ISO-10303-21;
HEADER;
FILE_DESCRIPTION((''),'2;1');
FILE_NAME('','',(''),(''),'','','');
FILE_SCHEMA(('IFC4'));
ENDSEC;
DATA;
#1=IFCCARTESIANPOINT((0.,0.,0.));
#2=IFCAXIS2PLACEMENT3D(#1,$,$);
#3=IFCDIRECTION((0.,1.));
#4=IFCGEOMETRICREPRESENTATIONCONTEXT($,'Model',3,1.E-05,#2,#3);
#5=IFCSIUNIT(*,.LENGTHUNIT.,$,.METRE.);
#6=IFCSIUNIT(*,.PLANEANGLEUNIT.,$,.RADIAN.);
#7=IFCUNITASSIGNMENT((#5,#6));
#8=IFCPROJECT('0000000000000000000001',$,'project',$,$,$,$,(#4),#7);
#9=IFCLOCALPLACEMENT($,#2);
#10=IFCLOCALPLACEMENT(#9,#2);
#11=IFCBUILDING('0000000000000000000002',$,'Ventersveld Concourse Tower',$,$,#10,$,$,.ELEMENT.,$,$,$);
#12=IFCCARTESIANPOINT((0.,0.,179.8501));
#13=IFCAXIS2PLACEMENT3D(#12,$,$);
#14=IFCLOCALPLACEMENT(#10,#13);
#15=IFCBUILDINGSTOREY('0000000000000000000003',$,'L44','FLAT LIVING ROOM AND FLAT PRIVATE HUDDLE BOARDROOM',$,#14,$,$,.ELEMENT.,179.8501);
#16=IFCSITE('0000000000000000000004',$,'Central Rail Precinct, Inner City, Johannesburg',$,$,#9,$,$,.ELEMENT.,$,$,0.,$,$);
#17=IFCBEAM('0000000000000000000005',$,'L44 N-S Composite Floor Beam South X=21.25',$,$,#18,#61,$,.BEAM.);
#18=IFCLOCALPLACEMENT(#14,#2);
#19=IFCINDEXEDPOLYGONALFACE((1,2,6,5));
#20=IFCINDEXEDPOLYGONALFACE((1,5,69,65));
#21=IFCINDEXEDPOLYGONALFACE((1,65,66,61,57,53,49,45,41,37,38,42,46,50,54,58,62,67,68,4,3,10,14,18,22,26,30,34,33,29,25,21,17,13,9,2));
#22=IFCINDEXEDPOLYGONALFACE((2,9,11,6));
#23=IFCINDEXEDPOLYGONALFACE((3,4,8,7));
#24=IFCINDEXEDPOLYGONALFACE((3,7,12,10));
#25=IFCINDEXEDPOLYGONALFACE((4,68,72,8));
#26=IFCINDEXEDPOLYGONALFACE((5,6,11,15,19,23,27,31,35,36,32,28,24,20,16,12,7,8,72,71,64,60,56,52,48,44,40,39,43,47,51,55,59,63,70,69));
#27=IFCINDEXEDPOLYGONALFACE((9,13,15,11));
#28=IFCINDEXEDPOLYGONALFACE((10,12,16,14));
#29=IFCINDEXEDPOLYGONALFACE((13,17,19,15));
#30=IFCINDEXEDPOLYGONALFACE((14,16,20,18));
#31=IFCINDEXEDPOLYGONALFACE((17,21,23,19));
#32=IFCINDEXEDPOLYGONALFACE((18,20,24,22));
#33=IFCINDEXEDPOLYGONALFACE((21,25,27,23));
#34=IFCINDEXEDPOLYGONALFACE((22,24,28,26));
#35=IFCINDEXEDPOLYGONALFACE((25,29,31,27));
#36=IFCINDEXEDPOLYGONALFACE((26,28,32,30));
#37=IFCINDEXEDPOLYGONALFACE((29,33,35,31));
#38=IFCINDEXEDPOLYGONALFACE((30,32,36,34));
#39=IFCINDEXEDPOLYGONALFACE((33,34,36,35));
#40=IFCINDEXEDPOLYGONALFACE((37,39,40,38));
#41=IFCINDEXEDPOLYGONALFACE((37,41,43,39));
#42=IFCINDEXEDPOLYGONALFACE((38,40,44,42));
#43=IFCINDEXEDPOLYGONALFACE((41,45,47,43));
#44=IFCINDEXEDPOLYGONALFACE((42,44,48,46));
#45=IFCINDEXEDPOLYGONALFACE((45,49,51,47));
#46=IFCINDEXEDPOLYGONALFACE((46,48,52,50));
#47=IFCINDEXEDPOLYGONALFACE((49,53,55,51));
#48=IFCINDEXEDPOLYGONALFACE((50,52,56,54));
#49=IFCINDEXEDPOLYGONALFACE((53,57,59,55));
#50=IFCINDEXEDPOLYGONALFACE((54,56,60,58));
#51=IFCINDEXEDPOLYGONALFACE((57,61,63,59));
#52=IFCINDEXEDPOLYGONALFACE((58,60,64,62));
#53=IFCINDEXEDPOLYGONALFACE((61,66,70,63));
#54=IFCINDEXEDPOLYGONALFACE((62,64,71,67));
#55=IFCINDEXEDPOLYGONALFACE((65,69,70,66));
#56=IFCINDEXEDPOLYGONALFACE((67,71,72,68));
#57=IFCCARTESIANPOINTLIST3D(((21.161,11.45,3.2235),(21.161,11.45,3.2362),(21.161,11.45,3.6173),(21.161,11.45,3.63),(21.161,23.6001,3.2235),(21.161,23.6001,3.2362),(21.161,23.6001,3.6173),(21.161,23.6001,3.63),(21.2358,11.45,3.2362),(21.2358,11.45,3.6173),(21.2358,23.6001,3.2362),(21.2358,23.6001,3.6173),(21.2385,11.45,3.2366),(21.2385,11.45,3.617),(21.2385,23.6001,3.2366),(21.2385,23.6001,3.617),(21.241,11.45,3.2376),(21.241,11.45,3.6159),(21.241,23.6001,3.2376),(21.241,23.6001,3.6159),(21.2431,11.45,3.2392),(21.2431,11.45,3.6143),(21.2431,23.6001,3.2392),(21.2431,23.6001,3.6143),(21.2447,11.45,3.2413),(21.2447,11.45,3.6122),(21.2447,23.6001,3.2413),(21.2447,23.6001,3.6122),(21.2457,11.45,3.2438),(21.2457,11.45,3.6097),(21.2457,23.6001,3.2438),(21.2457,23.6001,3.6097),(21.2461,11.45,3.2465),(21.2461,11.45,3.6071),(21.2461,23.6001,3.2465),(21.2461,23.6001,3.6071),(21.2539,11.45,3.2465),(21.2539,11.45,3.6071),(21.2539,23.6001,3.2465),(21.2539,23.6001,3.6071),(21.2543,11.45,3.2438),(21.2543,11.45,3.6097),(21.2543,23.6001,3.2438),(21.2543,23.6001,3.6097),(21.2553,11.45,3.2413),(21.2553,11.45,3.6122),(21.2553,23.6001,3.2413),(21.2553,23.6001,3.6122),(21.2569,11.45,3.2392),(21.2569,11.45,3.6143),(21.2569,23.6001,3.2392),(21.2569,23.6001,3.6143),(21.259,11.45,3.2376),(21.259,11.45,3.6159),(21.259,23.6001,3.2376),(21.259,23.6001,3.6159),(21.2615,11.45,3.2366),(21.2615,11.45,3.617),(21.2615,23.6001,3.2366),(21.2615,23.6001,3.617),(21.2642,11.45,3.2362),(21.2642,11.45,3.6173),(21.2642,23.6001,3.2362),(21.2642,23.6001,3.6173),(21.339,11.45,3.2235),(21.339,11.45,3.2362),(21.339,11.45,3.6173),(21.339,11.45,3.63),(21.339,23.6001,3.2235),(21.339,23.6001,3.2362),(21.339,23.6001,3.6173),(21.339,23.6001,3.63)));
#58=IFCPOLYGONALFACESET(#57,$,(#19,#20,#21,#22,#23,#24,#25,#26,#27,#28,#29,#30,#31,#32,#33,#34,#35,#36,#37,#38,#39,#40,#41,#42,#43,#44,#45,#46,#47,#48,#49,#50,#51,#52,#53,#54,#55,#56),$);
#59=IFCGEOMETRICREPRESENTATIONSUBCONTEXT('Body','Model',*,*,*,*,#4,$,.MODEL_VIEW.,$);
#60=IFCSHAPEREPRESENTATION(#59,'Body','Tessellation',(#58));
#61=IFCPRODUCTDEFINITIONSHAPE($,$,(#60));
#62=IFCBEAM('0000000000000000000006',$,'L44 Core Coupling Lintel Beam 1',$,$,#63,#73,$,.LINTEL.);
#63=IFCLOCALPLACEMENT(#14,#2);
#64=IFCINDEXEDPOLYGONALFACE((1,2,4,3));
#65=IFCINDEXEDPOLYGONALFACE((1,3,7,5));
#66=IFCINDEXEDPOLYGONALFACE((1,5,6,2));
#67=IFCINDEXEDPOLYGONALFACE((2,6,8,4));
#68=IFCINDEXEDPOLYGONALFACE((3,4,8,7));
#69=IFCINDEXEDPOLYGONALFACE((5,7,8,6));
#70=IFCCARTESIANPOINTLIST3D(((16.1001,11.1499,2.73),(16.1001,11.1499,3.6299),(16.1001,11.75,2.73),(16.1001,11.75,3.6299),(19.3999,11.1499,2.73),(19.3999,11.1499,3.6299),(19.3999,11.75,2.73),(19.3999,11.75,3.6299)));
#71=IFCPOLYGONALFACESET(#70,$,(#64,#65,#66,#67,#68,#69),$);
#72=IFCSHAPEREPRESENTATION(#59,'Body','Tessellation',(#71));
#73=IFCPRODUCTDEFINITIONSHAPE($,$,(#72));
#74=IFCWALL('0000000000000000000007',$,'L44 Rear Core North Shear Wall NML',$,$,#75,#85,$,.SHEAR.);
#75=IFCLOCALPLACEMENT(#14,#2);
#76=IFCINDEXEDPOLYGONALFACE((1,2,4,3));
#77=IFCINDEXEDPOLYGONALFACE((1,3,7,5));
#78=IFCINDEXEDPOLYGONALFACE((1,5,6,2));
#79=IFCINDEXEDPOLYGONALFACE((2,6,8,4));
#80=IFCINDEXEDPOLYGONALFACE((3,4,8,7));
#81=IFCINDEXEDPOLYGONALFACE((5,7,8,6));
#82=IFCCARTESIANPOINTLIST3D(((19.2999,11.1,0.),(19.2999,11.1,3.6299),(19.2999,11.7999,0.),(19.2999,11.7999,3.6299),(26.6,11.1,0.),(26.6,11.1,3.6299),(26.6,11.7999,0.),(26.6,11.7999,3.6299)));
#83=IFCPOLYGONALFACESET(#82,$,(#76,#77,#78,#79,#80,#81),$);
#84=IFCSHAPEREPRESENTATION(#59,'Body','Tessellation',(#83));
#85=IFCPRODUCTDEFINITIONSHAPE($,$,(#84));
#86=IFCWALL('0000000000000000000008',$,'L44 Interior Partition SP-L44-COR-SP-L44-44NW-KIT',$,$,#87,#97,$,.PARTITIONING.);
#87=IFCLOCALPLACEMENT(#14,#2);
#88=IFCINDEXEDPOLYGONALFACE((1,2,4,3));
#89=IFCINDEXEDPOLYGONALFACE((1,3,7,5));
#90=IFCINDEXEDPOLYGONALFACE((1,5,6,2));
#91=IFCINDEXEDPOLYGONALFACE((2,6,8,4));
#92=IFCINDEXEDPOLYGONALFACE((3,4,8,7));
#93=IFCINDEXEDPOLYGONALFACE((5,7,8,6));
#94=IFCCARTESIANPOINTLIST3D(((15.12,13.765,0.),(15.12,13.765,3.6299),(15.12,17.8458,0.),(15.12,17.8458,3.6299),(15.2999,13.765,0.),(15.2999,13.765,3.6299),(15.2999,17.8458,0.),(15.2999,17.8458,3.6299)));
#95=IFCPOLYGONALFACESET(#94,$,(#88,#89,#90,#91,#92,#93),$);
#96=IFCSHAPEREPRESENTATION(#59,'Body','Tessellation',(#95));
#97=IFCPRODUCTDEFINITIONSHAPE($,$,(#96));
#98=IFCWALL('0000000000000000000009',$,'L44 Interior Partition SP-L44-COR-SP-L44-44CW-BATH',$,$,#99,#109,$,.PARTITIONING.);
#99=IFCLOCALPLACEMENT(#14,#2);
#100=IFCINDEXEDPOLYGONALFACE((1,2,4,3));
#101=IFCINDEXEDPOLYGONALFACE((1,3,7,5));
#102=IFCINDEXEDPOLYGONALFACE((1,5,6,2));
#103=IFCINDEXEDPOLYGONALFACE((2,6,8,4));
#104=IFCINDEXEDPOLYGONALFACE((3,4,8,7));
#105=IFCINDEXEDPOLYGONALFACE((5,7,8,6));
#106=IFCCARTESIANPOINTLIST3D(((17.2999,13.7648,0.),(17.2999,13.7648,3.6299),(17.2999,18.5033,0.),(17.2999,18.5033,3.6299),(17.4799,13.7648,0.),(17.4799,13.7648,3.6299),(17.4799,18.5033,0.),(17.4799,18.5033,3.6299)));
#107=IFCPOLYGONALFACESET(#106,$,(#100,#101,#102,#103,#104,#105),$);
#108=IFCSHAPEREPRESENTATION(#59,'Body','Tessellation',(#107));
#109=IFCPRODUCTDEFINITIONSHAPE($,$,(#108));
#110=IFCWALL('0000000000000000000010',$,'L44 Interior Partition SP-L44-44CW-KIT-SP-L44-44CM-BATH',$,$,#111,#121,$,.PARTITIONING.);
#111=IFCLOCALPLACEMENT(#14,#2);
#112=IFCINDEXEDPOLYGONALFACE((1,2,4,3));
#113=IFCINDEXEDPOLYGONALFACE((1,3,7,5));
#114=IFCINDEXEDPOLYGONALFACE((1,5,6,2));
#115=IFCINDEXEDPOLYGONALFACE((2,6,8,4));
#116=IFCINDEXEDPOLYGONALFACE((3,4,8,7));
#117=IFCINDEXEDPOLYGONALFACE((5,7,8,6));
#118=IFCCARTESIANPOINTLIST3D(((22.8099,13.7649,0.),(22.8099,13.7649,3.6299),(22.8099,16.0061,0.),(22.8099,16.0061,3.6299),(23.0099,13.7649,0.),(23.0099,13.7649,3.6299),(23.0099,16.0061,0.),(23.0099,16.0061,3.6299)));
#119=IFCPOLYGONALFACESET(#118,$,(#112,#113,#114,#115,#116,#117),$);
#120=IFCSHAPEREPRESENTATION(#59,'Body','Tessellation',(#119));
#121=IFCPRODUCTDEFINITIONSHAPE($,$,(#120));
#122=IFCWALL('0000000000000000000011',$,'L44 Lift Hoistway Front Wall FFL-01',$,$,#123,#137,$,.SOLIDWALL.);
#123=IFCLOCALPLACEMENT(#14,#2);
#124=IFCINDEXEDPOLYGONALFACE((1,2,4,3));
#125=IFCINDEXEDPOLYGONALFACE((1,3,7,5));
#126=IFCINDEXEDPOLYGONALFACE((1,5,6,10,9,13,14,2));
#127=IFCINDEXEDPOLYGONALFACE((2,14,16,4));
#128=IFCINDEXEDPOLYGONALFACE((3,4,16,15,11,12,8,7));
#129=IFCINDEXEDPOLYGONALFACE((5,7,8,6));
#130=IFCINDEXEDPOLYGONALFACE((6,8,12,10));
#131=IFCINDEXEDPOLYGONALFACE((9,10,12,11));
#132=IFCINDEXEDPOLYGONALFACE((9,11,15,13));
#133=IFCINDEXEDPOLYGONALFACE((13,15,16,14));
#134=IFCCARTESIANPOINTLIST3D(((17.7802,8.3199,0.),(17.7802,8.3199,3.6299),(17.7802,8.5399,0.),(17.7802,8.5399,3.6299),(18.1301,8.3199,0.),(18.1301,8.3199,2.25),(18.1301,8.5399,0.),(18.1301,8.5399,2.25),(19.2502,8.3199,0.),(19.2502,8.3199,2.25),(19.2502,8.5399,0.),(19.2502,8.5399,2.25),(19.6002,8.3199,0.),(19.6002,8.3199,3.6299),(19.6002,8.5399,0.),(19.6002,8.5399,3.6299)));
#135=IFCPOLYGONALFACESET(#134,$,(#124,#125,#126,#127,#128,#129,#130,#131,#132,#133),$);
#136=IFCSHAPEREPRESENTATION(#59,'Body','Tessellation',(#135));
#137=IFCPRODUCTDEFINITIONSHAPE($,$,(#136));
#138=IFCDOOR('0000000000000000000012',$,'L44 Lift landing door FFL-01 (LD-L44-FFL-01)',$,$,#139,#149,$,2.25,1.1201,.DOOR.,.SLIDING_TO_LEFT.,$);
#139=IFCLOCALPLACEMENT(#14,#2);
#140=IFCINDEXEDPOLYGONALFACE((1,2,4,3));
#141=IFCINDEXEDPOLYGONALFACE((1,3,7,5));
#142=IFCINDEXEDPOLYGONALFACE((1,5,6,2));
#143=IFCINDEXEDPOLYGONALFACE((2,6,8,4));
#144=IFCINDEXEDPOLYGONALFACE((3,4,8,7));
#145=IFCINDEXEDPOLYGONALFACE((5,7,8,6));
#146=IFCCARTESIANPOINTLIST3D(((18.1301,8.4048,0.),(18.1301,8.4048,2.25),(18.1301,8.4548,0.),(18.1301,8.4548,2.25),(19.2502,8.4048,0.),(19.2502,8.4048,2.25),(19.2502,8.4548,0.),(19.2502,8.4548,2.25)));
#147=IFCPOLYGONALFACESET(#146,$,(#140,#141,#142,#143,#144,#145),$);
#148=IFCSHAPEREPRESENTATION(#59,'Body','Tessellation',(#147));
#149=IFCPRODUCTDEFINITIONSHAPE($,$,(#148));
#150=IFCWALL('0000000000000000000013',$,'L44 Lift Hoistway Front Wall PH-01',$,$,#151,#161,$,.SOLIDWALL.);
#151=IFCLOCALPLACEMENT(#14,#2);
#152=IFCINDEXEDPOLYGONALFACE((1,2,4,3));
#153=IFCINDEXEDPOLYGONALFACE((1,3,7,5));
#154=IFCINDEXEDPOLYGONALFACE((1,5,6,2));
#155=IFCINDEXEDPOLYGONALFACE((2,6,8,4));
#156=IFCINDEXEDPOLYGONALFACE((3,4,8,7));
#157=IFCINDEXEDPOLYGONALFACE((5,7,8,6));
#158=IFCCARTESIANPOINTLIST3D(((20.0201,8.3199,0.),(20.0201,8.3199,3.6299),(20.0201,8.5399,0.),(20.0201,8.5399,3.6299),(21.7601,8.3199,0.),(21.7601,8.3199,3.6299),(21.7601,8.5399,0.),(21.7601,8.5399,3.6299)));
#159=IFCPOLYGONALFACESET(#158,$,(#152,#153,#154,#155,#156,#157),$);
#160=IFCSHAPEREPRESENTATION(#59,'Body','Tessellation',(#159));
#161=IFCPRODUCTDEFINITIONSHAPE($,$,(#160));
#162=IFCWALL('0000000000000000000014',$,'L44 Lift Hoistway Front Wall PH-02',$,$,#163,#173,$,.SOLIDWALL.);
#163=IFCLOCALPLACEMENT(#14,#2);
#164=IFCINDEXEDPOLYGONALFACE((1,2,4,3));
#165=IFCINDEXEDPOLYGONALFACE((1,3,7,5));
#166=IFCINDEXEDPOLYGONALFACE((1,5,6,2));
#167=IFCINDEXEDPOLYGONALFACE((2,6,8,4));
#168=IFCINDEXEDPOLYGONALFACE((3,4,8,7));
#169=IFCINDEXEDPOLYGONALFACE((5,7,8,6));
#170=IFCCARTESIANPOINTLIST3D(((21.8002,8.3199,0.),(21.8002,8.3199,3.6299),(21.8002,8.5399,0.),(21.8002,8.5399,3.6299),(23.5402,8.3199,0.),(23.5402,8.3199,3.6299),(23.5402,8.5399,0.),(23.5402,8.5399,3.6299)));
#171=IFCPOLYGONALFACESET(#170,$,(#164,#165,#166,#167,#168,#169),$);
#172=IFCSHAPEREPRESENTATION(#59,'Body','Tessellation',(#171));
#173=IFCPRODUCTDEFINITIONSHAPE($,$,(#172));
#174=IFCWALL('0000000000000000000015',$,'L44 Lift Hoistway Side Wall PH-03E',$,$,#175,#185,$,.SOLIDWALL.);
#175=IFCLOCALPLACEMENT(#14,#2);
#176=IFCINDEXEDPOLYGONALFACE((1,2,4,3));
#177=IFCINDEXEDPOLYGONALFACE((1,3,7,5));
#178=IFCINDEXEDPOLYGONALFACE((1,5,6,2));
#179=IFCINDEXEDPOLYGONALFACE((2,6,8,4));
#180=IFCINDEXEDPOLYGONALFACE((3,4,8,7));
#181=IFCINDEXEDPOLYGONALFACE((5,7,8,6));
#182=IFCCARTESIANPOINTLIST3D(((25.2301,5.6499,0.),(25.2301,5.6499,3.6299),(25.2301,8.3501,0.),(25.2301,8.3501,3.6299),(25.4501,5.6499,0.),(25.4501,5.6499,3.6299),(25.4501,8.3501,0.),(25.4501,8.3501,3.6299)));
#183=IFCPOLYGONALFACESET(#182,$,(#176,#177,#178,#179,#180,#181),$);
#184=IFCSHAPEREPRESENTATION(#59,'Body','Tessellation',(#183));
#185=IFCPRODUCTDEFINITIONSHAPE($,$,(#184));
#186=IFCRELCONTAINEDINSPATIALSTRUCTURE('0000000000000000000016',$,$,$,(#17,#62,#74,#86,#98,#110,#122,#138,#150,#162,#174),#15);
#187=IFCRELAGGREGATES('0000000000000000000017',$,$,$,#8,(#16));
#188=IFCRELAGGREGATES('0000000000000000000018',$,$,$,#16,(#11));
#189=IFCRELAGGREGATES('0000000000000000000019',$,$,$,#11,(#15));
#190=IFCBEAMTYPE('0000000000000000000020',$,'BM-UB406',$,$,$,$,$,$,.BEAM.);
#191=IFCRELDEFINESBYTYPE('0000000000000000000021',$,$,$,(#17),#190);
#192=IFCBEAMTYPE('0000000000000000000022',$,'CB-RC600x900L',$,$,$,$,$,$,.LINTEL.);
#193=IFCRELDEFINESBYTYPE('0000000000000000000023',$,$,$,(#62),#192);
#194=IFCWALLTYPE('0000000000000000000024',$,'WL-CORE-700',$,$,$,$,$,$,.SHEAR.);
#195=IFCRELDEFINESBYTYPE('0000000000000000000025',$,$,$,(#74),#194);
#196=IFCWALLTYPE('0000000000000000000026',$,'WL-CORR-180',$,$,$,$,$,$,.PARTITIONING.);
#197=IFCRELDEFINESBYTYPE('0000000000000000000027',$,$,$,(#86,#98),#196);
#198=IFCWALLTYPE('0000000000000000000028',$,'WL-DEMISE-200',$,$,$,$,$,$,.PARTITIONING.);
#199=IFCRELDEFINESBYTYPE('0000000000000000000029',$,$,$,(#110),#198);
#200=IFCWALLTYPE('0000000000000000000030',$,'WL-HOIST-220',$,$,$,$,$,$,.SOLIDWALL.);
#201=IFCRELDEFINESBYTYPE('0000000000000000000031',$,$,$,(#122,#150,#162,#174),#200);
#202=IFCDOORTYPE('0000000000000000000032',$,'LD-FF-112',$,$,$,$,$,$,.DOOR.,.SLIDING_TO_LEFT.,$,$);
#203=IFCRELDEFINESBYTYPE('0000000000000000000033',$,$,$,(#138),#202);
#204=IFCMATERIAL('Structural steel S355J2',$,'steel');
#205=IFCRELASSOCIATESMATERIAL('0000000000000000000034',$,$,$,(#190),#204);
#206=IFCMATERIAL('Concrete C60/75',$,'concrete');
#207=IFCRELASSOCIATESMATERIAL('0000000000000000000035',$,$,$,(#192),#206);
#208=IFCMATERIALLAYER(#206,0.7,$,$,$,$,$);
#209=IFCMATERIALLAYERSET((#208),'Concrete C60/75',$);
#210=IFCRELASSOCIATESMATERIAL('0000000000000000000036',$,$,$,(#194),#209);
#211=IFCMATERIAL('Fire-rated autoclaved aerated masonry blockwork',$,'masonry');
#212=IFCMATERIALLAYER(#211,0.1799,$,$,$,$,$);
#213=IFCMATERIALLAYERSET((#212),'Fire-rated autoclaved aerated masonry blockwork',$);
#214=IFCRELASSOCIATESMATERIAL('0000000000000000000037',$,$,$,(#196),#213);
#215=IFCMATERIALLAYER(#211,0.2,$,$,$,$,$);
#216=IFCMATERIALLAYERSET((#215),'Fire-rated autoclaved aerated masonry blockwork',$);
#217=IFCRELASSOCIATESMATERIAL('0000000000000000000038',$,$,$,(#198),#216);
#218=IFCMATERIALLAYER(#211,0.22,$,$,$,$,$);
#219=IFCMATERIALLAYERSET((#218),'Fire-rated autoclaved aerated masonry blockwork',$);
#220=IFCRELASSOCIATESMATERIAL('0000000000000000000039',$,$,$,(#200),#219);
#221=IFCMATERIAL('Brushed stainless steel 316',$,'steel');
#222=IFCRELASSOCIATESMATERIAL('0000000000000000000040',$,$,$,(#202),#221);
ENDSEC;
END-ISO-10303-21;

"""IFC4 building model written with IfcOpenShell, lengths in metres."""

from ifc_helpers import new_model, si_unit, direction, frame, frame_2d, origin, origin_2d, place, context, subcontext, project, spatial, rectangle, i_section, extrude, material, layer, layer_set, material_profile, profile_set, type_object, element, fill, save


model = new_model("IFC4")

# Units and contexts
model_context = context("Model", 3, precision=1e-05, world=origin(), true_north=direction((0.0, 1.0)))
body_context = subcontext(model_context, "Body", "Model", "MODEL_VIEW")
ifc_project = project(units=[si_unit("LENGTHUNIT", "METRE"), si_unit("PLANEANGLEUNIT", "RADIAN")], contexts=[model_context])

# Site, building, storey
site_placement = place(None, origin())
site = spatial("IfcSite", under=ifc_project, at=site_placement, Name="Central Rail Precinct, Inner City, Johannesburg", CompositionType="ELEMENT", RefElevation=0.0)
building_placement = place(site_placement, origin())
building = spatial("IfcBuilding", under=site, at=building_placement, Name="Ventersveld Concourse Tower", CompositionType="ELEMENT")
storey_placement = place(building_placement, frame((0.0, 0.0, 179.8501)))
storey = spatial("IfcBuildingStorey", under=building, at=storey_placement, Name="L44", Description="FLAT LIVING ROOM AND FLAT PRIVATE HUDDLE BOARDROOM", CompositionType="ELEMENT", Elevation=179.8501)

# Beams
ifc_material_1 = material(Name="Structural steel S355J2", Category="steel")
ifc_material_profile_1 = material_profile(ifc_material_1, i_section(OverallWidth=0.178, OverallDepth=0.4065, WebThickness=0.0078, FlangeThickness=0.0127, FilletRadius=0.0103, at=origin_2d()), Name="UB 406x178x60")
ifc_profile_set_1 = profile_set([ifc_material_profile_1], Name="Structural steel S355J2")
beam_type_1 = type_object("IfcBeamType", Name="BM-UB406", PredefinedType="BEAM", material=ifc_profile_set_1)
beam_1_placement = place(storey_placement, frame((21.25, 11.45, 3.4268), z_axis=(0.0, 1.0, 0.0), x_axis=(-1.0, 0.0, 0.0)))
element("IfcBeam", 1, at=beam_1_placement, inside=storey, type_object=beam_type_1, Name="L44 N-S Composite Floor Beam South X=21.25", PredefinedType="BEAM", context=body_context, shape_type="SweptSolid", body=[
    extrude(i_section(OverallWidth=0.178, OverallDepth=0.4065, WebThickness=0.0078, FlangeThickness=0.0127, FilletRadius=0.0103, at=origin_2d()), origin(), (0.0, 0.0, 1.0), 12.1501),
])
ifc_material_2 = material(Name="Concrete C60/75", Category="concrete")
ifc_material_profile_2 = material_profile(ifc_material_2, rectangle(XDim=0.6001, YDim=0.8999, at=origin_2d()), Name="RC 600x900")
ifc_profile_set_2 = profile_set([ifc_material_profile_2], Name="Concrete C60/75")
beam_type_2 = type_object("IfcBeamType", Name="CB-RC600x900L", PredefinedType="LINTEL", material=ifc_profile_set_2)
beam_2_placement = place(storey_placement, frame((16.1001, 11.45, 3.1799), z_axis=(1.0, 0.0, 0.0), x_axis=(0.0, 1.0, 0.0)))
element("IfcBeam", 2, at=beam_2_placement, inside=storey, type_object=beam_type_2, Name="L44 Core Coupling Lintel Beam 1", PredefinedType="LINTEL", context=body_context, shape_type="SweptSolid", body=[
    extrude(rectangle(XDim=0.6001, YDim=0.8999, at=origin_2d()), origin(), (0.0, 0.0, 1.0), 3.2998),
])

# Walls
ifc_layer_1 = layer(ifc_material_2, 0.7)
ifc_layer_set_1 = layer_set([ifc_layer_1], Name="Concrete C60/75")
wall_type_1 = type_object("IfcWallType", Name="WL-CORE-700", PredefinedType="SHEAR", material=ifc_layer_set_1)
wall_1_placement = place(storey_placement, frame((19.3, 11.45, 0.0), z_axis=(0.0, 0.0, 1.0), x_axis=(1.0, 0.0, 0.0)))
element("IfcWall", 3, at=wall_1_placement, inside=storey, type_object=wall_type_1, Name="L44 Rear Core North Shear Wall NML", PredefinedType="SHEAR", context=body_context, shape_type="SweptSolid", body=[
    extrude(rectangle(XDim=7.3, YDim=0.7, at=frame_2d((3.6499, 0.0))), origin(), (0.0, 0.0, 1.0), 3.6299),
])
ifc_material_3 = material(Name="Fire-rated autoclaved aerated masonry blockwork", Category="masonry")
ifc_layer_2 = layer(ifc_material_3, 0.1799)
ifc_layer_set_2 = layer_set([ifc_layer_2], Name="Fire-rated autoclaved aerated masonry blockwork")
wall_type_2 = type_object("IfcWallType", Name="WL-CORR-180", PredefinedType="PARTITIONING", material=ifc_layer_set_2)
wall_2_placement = place(storey_placement, frame((15.21, 13.7649, 0.0), z_axis=(0.0, 0.0, 1.0), x_axis=(0.0, 1.0, 0.0)))
element("IfcWall", 4, at=wall_2_placement, inside=storey, type_object=wall_type_2, Name="L44 Interior Partition SP-L44-COR-SP-L44-44NW-KIT", PredefinedType="PARTITIONING", context=body_context, shape_type="SweptSolid", body=[
    extrude(rectangle(XDim=4.0808, YDim=0.1799, at=frame_2d((2.0405, 0.0))), origin(), (0.0, 0.0, 1.0), 3.6299),
])
wall_3_placement = place(storey_placement, frame((17.3899, 13.7649, 0.0), z_axis=(0.0, 0.0, 1.0), x_axis=(0.0, 1.0, 0.0)))
element("IfcWall", 5, at=wall_3_placement, inside=storey, type_object=wall_type_2, Name="L44 Interior Partition SP-L44-COR-SP-L44-44CW-BATH", PredefinedType="PARTITIONING", context=body_context, shape_type="SweptSolid", body=[
    extrude(rectangle(XDim=4.7385, YDim=0.1799, at=frame_2d((2.3691, 0.0))), origin(), (0.0, 0.0, 1.0), 3.6299),
])
ifc_layer_3 = layer(ifc_material_3, 0.2)
ifc_layer_set_3 = layer_set([ifc_layer_3], Name="Fire-rated autoclaved aerated masonry blockwork")
wall_type_3 = type_object("IfcWallType", Name="WL-DEMISE-200", PredefinedType="PARTITIONING", material=ifc_layer_set_3)
wall_4_placement = place(storey_placement, frame((22.9099, 13.7649, 0.0), z_axis=(0.0, 0.0, 1.0), x_axis=(0.0, 1.0, 0.0)))
element("IfcWall", 6, at=wall_4_placement, inside=storey, type_object=wall_type_3, Name="L44 Interior Partition SP-L44-44CW-KIT-SP-L44-44CM-BATH", PredefinedType="PARTITIONING", context=body_context, shape_type="SweptSolid", body=[
    extrude(rectangle(XDim=2.2412, YDim=0.2, at=frame_2d((1.1206, 0.0))), origin(), (0.0, 0.0, 1.0), 3.6299),
])

# Wall, opening, door
ifc_layer_4 = layer(ifc_material_3, 0.22)
ifc_layer_set_4 = layer_set([ifc_layer_4], Name="Fire-rated autoclaved aerated masonry blockwork")
wall_type_4 = type_object("IfcWallType", Name="WL-HOIST-220", PredefinedType="SOLIDWALL", material=ifc_layer_set_4)
wall_5_placement = place(storey_placement, frame((17.78, 8.4299, 0.0), z_axis=(0.0, 0.0, 1.0), x_axis=(1.0, 0.0, 0.0)))
wall_5 = element("IfcWall", 7, at=wall_5_placement, inside=storey, type_object=wall_type_4, Name="L44 Lift Hoistway Front Wall FFL-01", PredefinedType="SOLIDWALL", context=body_context, shape_type="SweptSolid", body=[
    extrude(rectangle(XDim=1.8201, YDim=0.22, at=frame_2d((0.9102, 0.0))), origin(), (0.0, 0.0, 1.0), 3.6299),
])
opening_1_placement = place(wall_5_placement, frame((0.3501, 0.0, 0.0)))
opening_1 = element("IfcOpeningElement", 8, at=opening_1_placement, cuts=wall_5, PredefinedType="OPENING", context=body_context, shape_type="SweptSolid", body=[
    extrude(rectangle(XDim=1.1201, YDim=2.25, at=frame_2d((0.5601, 1.125))), frame((0.0, 0.1201, 0.0), z_axis=(0.0, -1.0, 0.0), x_axis=(1.0, 0.0, 0.0)), (0.0, 0.0, 1.0), 0.24),
])
ifc_material_4 = material(Name="Brushed stainless steel 316", Category="steel")
door_type_1 = type_object("IfcDoorType", Name="LD-FF-112", OperationType="SLIDING_TO_LEFT", PredefinedType="DOOR", material=ifc_material_4)
door_1_placement = place(opening_1_placement, origin())
door_1 = element("IfcDoor", 9, at=door_1_placement, inside=storey, type_object=door_type_1, Name="L44 Lift landing door FFL-01 (LD-L44-FFL-01)", OperationType="SLIDING_TO_LEFT", OverallHeight=2.25, OverallWidth=1.1201, PredefinedType="DOOR", context=body_context, shape_type="SweptSolid", body=[
    extrude(rectangle(XDim=1.1201, YDim=2.25, at=frame_2d((0.5601, 1.125))), frame((0.0, 0.0249, 0.0), z_axis=(0.0, -1.0, 0.0), x_axis=(1.0, 0.0, 0.0)), (0.0, 0.0, 1.0), 0.05),
])
fill(opening_1, door_1)

# Walls
for number, where, z_axis, x_axis, name in (
    (10, (20.02, 8.4299, 0.0), (0.0, 0.0, 1.0), (1.0, 0.0, 0.0), "L44 Lift Hoistway Front Wall PH-01"),
    (11, (21.8, 8.4299, 0.0), (0.0, 0.0, 1.0), (1.0, 0.0, 0.0), "L44 Lift Hoistway Front Wall PH-02"),
):
    element("IfcWall", number, at=place(storey_placement, frame(where, z_axis=z_axis, x_axis=x_axis)), inside=storey, type_object=wall_type_4, Name=name, PredefinedType="SOLIDWALL", context=body_context, shape_type="SweptSolid", body=[
        extrude(rectangle(XDim=1.74, YDim=0.22, at=frame_2d((0.8701, 0.0))), origin(), (0.0, 0.0, 1.0), 3.6299),
    ])
wall_6_placement = place(storey_placement, frame((25.3401, 5.6499, 0.0), z_axis=(0.0, 0.0, 1.0), x_axis=(0.0, 1.0, 0.0)))
element("IfcWall", 12, at=wall_6_placement, inside=storey, type_object=wall_type_4, Name="L44 Lift Hoistway Side Wall PH-03E", PredefinedType="SOLIDWALL", context=body_context, shape_type="SweptSolid", body=[
    extrude(rectangle(XDim=2.7002, YDim=0.22, at=frame_2d((1.3501, 0.0))), origin(), (0.0, 0.0, 1.0), 3.6299),
])

save(model, "model.ifc")
